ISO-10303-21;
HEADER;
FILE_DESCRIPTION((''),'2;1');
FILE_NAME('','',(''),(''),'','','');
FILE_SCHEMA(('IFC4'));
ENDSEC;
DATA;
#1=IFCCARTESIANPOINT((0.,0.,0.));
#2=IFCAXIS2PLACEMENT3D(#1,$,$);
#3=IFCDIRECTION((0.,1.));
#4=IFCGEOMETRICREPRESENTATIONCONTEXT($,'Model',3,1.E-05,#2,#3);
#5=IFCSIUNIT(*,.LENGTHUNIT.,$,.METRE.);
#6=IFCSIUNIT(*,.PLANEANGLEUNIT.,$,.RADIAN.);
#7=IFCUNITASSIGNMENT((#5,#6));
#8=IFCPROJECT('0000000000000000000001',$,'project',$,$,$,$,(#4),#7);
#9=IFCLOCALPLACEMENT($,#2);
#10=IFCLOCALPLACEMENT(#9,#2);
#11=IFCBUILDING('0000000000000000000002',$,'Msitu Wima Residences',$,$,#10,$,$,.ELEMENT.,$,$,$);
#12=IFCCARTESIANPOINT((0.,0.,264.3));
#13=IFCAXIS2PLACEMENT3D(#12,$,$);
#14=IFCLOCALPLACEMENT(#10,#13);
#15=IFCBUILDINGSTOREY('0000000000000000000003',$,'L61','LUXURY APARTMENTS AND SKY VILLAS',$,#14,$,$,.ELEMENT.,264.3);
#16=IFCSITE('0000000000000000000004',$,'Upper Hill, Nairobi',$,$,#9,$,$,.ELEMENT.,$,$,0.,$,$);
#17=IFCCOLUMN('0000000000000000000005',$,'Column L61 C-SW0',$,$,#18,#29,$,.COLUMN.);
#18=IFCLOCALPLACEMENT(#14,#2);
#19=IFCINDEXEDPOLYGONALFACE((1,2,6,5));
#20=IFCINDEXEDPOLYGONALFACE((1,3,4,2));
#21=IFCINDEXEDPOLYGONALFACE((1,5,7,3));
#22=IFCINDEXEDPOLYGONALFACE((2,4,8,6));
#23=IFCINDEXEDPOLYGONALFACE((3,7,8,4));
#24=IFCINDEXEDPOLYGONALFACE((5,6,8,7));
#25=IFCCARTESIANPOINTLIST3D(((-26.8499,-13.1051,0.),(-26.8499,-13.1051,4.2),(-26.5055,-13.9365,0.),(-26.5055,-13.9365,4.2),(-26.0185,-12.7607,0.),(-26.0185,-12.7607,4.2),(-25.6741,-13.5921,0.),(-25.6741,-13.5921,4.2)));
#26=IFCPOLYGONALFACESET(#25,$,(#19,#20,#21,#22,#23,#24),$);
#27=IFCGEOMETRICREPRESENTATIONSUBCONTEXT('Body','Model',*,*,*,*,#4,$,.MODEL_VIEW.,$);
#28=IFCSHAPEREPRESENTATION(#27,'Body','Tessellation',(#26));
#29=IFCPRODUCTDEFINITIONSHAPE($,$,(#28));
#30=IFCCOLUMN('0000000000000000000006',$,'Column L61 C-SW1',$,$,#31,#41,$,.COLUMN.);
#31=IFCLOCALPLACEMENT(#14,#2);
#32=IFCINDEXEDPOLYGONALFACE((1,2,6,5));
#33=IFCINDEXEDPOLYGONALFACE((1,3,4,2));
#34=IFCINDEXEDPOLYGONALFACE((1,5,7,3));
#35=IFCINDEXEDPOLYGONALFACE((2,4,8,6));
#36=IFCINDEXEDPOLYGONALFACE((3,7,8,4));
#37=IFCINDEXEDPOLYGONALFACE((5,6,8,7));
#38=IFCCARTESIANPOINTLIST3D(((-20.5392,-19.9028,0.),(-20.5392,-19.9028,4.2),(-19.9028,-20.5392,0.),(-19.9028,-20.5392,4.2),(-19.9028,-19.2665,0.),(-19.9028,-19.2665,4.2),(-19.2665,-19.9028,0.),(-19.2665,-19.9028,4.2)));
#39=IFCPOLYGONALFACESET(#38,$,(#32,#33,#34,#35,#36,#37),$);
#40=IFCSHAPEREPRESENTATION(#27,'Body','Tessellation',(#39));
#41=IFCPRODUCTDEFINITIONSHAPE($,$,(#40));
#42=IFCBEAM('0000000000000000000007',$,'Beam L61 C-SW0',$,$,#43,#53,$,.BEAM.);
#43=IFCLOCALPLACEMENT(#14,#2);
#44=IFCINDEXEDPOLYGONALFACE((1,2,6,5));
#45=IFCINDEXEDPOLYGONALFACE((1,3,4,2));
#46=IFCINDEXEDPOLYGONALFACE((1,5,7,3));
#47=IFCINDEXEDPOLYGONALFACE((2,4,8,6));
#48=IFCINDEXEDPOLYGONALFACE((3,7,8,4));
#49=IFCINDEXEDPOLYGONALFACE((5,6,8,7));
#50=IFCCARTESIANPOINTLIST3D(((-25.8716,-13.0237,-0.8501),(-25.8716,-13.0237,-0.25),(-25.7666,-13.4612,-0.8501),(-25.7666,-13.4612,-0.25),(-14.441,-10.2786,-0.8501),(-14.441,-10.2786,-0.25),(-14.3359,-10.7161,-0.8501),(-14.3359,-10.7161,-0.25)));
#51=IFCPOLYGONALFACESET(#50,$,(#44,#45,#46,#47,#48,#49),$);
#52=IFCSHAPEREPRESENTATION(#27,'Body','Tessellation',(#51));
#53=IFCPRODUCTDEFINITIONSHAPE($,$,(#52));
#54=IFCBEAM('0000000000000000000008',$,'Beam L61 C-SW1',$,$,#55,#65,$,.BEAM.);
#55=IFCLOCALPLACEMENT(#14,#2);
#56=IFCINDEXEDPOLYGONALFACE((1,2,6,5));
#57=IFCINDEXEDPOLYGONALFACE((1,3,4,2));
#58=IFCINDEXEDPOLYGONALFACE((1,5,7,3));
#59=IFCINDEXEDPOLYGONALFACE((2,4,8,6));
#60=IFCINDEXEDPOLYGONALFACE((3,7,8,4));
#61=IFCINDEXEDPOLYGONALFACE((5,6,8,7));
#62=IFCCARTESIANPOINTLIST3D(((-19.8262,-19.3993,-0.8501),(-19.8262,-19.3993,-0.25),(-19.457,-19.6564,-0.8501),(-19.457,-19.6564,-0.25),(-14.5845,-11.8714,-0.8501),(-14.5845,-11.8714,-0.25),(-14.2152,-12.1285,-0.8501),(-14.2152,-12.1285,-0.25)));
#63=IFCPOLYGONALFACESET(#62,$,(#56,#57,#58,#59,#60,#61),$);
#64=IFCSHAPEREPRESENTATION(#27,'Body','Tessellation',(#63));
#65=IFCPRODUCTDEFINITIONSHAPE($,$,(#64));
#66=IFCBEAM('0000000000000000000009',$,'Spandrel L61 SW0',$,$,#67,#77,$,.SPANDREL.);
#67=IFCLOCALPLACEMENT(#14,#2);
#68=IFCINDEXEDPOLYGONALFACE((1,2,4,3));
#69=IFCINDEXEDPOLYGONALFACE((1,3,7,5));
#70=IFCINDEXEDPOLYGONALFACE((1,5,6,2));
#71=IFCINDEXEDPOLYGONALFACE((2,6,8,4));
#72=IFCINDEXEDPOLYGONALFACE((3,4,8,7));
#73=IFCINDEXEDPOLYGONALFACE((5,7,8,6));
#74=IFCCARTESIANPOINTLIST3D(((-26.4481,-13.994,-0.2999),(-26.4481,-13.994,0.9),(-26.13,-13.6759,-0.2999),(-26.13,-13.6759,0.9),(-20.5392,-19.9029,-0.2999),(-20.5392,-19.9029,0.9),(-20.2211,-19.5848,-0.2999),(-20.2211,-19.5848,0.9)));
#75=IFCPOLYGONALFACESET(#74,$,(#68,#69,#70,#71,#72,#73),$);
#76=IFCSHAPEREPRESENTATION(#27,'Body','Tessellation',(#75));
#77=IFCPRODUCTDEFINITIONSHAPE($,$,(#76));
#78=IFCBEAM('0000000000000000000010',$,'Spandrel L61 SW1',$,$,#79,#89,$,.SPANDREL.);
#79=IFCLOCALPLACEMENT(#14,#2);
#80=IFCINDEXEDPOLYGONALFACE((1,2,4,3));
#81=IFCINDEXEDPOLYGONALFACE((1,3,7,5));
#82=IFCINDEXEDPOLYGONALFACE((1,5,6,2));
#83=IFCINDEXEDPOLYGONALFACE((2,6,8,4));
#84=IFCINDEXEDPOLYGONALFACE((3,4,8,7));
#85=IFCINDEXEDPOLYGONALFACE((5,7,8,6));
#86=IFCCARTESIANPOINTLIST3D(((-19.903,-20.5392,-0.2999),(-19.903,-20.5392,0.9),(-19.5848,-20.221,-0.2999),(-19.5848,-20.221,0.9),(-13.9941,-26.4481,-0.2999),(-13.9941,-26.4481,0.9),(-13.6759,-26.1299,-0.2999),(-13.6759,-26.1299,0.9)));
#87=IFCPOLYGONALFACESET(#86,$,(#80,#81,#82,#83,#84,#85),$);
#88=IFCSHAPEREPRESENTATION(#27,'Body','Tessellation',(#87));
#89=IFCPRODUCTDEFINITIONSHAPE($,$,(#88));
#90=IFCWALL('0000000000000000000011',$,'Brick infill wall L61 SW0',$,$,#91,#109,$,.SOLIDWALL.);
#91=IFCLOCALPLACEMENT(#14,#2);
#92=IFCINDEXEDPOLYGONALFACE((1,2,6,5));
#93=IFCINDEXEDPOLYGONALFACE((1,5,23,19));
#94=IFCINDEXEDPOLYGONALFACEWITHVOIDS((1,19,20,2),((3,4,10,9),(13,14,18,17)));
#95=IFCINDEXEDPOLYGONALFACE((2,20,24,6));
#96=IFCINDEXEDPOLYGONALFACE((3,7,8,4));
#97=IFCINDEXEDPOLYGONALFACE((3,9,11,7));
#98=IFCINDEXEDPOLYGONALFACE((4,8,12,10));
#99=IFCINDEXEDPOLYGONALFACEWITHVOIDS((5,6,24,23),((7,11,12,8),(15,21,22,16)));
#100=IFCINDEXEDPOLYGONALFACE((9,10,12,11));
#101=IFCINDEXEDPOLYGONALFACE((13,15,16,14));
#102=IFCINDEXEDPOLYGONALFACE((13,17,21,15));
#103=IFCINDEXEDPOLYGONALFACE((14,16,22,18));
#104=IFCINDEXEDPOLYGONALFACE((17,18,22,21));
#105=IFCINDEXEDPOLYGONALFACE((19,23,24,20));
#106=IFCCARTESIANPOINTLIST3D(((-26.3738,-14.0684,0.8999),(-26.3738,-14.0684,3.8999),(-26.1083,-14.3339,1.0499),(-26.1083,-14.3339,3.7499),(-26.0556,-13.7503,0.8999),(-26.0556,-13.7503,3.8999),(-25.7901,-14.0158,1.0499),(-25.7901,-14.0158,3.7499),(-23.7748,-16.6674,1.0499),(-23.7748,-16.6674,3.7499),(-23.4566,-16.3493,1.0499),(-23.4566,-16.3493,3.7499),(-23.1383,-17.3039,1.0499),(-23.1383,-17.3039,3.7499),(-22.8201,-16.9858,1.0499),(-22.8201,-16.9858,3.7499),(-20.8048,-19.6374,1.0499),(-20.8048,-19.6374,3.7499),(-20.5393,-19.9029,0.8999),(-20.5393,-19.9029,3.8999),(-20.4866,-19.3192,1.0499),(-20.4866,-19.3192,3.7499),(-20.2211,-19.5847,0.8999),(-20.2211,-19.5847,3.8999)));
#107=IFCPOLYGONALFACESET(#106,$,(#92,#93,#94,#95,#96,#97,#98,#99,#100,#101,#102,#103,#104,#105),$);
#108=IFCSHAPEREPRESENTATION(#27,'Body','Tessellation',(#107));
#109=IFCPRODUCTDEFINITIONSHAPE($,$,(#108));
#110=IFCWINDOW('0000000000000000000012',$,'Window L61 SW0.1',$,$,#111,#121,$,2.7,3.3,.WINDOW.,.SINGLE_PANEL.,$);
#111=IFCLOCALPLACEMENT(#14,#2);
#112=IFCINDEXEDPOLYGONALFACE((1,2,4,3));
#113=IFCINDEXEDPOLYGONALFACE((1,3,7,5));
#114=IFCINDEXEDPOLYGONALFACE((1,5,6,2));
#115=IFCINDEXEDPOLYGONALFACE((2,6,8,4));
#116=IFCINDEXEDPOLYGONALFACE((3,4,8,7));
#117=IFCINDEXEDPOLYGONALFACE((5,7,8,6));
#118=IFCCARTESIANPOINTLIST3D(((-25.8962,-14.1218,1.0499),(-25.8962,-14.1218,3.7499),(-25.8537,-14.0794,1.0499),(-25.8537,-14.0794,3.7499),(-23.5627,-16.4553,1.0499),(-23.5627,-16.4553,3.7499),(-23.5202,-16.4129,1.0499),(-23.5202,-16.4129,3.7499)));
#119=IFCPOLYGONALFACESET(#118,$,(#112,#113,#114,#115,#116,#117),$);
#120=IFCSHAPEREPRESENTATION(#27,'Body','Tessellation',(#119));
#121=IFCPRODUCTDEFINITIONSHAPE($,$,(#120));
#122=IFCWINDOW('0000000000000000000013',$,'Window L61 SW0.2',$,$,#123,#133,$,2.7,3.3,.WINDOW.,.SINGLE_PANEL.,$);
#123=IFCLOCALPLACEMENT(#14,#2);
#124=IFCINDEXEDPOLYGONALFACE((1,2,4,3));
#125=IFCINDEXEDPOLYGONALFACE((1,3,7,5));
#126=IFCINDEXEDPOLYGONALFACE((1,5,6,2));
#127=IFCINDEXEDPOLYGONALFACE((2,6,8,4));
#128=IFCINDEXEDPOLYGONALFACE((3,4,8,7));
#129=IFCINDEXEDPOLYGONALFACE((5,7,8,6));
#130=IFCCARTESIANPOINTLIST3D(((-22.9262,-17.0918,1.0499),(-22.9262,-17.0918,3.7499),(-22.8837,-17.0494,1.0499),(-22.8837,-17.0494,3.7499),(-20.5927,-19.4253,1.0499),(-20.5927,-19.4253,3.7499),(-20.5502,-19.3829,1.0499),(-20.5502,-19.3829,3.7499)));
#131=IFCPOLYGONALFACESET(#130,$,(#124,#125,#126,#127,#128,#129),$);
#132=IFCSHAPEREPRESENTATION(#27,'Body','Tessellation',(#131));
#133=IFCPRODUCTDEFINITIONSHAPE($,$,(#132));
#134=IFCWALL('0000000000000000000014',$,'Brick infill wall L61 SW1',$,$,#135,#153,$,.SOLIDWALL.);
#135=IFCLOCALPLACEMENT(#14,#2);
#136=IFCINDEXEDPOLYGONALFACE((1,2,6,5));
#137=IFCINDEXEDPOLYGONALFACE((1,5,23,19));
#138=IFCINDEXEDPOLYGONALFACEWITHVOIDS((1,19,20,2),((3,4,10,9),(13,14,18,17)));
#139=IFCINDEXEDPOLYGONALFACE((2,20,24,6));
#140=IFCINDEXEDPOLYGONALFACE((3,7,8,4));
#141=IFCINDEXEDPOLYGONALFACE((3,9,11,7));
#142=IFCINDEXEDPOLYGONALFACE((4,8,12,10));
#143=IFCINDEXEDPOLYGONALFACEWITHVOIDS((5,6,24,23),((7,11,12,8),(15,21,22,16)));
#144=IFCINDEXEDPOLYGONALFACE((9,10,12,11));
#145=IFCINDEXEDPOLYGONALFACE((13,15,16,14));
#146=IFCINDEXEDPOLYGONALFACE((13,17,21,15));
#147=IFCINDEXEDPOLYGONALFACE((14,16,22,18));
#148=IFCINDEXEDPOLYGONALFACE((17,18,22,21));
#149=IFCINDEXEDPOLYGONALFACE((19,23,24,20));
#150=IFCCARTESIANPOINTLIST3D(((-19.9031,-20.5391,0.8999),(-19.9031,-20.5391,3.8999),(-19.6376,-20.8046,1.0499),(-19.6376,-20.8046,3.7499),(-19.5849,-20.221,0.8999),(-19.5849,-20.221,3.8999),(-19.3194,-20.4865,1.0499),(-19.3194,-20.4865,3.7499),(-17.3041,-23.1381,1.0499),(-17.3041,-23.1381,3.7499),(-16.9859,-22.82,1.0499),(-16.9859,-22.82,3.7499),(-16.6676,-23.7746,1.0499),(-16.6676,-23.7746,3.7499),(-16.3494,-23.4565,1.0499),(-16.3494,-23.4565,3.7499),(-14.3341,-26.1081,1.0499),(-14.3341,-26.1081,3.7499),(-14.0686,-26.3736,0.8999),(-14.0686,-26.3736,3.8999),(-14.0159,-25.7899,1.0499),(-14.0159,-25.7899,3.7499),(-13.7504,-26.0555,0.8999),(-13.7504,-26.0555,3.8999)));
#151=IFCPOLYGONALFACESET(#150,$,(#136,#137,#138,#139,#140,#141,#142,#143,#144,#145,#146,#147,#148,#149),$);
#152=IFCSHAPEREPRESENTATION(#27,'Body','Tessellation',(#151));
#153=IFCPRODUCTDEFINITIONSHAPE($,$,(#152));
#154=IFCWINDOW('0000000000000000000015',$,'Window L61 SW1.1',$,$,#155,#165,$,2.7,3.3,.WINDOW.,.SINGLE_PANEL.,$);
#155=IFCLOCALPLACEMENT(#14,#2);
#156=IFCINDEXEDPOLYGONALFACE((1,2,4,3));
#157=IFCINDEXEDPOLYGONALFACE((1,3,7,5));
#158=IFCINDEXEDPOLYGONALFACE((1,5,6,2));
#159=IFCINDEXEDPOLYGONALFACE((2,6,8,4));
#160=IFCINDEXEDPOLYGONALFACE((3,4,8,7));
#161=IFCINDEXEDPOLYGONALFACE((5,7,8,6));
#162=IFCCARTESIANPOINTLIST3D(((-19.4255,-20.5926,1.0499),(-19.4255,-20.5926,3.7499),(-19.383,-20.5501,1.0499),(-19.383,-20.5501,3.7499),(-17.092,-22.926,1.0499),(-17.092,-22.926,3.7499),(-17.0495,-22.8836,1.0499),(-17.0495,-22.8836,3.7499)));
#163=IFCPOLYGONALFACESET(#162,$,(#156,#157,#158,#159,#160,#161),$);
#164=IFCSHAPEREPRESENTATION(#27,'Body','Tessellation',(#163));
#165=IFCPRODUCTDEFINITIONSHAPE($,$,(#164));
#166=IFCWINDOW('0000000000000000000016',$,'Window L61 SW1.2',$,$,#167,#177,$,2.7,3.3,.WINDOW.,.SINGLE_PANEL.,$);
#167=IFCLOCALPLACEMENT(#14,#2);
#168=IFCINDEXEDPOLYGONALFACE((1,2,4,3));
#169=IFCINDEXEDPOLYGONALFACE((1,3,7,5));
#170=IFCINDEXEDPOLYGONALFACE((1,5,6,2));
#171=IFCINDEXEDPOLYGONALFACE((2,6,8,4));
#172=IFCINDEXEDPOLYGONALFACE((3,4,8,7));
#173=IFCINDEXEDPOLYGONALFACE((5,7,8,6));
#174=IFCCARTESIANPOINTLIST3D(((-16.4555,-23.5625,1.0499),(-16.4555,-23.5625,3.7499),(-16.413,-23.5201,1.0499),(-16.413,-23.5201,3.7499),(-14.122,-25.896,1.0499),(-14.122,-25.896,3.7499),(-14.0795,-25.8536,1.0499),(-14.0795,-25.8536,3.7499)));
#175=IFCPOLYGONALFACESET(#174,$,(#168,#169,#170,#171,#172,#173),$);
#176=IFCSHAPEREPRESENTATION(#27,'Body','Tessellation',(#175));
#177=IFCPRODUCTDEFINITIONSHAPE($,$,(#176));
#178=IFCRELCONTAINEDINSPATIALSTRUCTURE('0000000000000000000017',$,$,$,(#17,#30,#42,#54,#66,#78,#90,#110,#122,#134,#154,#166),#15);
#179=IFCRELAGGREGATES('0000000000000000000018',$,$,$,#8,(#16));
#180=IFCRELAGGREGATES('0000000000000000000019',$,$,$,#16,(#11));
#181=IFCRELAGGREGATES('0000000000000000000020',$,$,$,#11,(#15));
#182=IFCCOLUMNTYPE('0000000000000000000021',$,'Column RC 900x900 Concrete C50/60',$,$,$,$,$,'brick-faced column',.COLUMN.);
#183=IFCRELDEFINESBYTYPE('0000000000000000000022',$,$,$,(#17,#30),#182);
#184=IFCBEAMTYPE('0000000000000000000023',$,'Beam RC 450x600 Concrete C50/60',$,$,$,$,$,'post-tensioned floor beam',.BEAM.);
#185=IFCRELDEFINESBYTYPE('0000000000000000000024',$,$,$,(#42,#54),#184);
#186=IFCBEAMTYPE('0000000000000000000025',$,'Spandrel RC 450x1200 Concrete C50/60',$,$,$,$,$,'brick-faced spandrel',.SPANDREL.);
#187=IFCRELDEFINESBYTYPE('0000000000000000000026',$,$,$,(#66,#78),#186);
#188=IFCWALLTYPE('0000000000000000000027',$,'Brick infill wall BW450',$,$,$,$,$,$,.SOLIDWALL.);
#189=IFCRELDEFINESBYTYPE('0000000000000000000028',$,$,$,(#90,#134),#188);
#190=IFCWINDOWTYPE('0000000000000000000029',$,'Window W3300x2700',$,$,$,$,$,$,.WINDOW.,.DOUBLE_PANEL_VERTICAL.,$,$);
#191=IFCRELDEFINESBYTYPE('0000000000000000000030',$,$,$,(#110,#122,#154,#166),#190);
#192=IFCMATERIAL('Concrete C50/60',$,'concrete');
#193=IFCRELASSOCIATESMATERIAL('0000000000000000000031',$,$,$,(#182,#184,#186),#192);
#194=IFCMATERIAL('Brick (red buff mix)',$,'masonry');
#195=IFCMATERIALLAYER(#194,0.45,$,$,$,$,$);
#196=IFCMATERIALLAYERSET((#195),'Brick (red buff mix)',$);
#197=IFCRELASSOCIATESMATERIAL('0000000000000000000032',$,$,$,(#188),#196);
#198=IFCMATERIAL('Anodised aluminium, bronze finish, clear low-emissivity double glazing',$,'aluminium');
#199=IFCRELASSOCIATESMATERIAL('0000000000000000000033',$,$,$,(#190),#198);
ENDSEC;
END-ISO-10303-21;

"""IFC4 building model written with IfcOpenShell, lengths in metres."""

from ifc_helpers import new_model, si_unit, direction, frame, frame_2d, origin, origin_2d, place, context, subcontext, project, spatial, rectangle, extrude, material, layer, layer_set, material_profile, profile_set, type_object, element, fill, save


model = new_model("IFC4")

# Units and contexts
model_context = context("Model", 3, precision=1e-05, world=origin(), true_north=direction((0.0, 1.0)))
body_context = subcontext(model_context, "Body", "Model", "MODEL_VIEW")
ifc_project = project(units=[si_unit("LENGTHUNIT", "METRE"), si_unit("PLANEANGLEUNIT", "RADIAN")], contexts=[model_context])

# Site, building, storey
site_placement = place(None, origin())
site = spatial("IfcSite", under=ifc_project, at=site_placement, Name="Upper Hill, Nairobi", CompositionType="ELEMENT", RefElevation=0.0)
building_placement = place(site_placement, origin())
building = spatial("IfcBuilding", under=site, at=building_placement, Name="Msitu Wima Residences", CompositionType="ELEMENT")
storey_placement = place(building_placement, frame((0.0, 0.0, 264.3)))
storey = spatial("IfcBuildingStorey", under=building, at=storey_placement, Name="L61", Description="LUXURY APARTMENTS AND SKY VILLAS", CompositionType="ELEMENT", Elevation=264.3)

# Columns
ifc_material_1 = material(Name="Concrete C50/60", Category="concrete")
ifc_material_profile_1 = material_profile(ifc_material_1, rectangle(XDim=0.8999, YDim=0.8999, at=origin_2d()), Name="RC 900x900")
ifc_profile_set_1 = profile_set([ifc_material_profile_1], Name="Concrete C50/60")
column_type = type_object("IfcColumnType", Name="Column RC 900x900 Concrete C50/60", ElementType="brick-faced column", PredefinedType="COLUMN", material=ifc_profile_set_1)
for number, where, z_axis, x_axis, name in (
    (1, (-26.262, -13.3486, 0.0), (0.0, 0.0, 1.0), (0.382683, -0.92388, 0.0), "Column L61 C-SW0"),
    (2, (-19.9028, -19.9028, 0.0), (0.0, 0.0, 1.0), (0.707107, -0.707107, 0.0), "Column L61 C-SW1"),
):
    element("IfcColumn", number, at=place(storey_placement, frame(where, z_axis=z_axis, x_axis=x_axis)), inside=storey, type_object=column_type, Name=name, PredefinedType="COLUMN", context=body_context, shape_type="SweptSolid", body=[
        extrude(rectangle(XDim=0.8999, YDim=0.8999, at=origin_2d()), origin(), (0.0, 0.0, 1.0), 4.2),
    ])

# Beams
ifc_material_profile_2 = material_profile(ifc_material_1, rectangle(XDim=0.45, YDim=0.6001, at=origin_2d()), Name="RC 450x600")
ifc_profile_set_2 = profile_set([ifc_material_profile_2], Name="Concrete C50/60")
beam_type_1 = type_object("IfcBeamType", Name="Beam RC 450x600 Concrete C50/60", ElementType="post-tensioned floor beam", PredefinedType="BEAM", material=ifc_profile_set_2)
beam_1_placement = place(storey_placement, frame((-25.8191, -13.2424, -0.55), z_axis=(0.972353, 0.233514, 0.0), x_axis=(-0.233514, 0.972353, 0.0)))
element("IfcBeam", 3, at=beam_1_placement, inside=storey, type_object=beam_type_1, Name="Beam L61 C-SW0", PredefinedType="BEAM", context=body_context, shape_type="SweptSolid", body=[
    extrude(rectangle(XDim=0.45, YDim=0.6001, at=origin_2d()), origin(), (0.0, 0.0, 1.0), 11.7556),
])
beam_2_placement = place(storey_placement, frame((-19.6416, -19.5278, -0.55), z_axis=(0.571428, 0.820652, 0.0), x_axis=(-0.820652, 0.571428, 0.0)))
element("IfcBeam", 4, at=beam_2_placement, inside=storey, type_object=beam_type_1, Name="Beam L61 C-SW1", PredefinedType="BEAM", context=body_context, shape_type="SweptSolid", body=[
    extrude(rectangle(XDim=0.45, YDim=0.6001, at=origin_2d()), origin(), (0.0, 0.0, 1.0), 9.1731),
])
ifc_material_profile_3 = material_profile(ifc_material_1, rectangle(XDim=0.45, YDim=1.2, at=origin_2d()), Name="RC 450x1200")
ifc_profile_set_3 = profile_set([ifc_material_profile_3], Name="Concrete C50/60")
beam_type_2 = type_object("IfcBeamType", Name="Spandrel RC 450x1200 Concrete C50/60", ElementType="brick-faced spandrel", PredefinedType="SPANDREL", material=ifc_profile_set_3)
for number, where, z_axis, x_axis, name in (
    (5, (-26.2891, -13.835, 0.3), (0.707107, -0.707107, 0.0), (0.707107, 0.707107, 0.0), "Spandrel L61 SW0"),
    (6, (-19.7439, -20.3801, 0.3), (0.707107, -0.707107, 0.0), (0.707107, 0.707107, 0.0), "Spandrel L61 SW1"),
):
    element("IfcBeam", number, at=place(storey_placement, frame(where, z_axis=z_axis, x_axis=x_axis)), inside=storey, type_object=beam_type_2, Name=name, PredefinedType="SPANDREL", context=body_context, shape_type="SweptSolid", body=[
        extrude(rectangle(XDim=0.45, YDim=1.2, at=origin_2d()), origin(), (0.0, 0.0, 1.0), 8.3564),
    ])

# Walls, openings, windows
ifc_material_2 = material(Name="Brick (red buff mix)", Category="masonry")
ifc_layer_1 = layer(ifc_material_2, 0.45)
ifc_layer_set_1 = layer_set([ifc_layer_1], Name="Brick (red buff mix)")
wall_type_1 = type_object("IfcWallType", Name="Brick infill wall BW450", PredefinedType="SOLIDWALL", material=ifc_layer_set_1)
wall_1_placement = place(storey_placement, frame((-26.2146, -13.9094, 0.8999), z_axis=(0.0, 0.0, 1.0), x_axis=(0.707107, -0.707107, 0.0)))
wall_1 = element("IfcWall", 7, at=wall_1_placement, inside=storey, type_object=wall_type_1, Name="Brick infill wall L61 SW0", PredefinedType="SOLIDWALL", context=body_context, shape_type="SweptSolid", body=[
    extrude(rectangle(XDim=8.2512, YDim=0.45, at=frame_2d((4.1255, 0.0))), origin(), (0.0, 0.0, 1.0), 3.0),
])
opening_1_placement = place(wall_1_placement, frame((0.3755, 0.0, 0.1499)))
opening_1 = element("IfcOpeningElement", 8, at=opening_1_placement, cuts=wall_1, PredefinedType="OPENING", context=body_context, shape_type="SweptSolid", body=[
    extrude(rectangle(XDim=3.3, YDim=2.7, at=frame_2d((1.6499, 1.3501))), frame((0.0, 0.2349, 0.0), z_axis=(0.0, -1.0, 0.0), x_axis=(1.0, 0.0, 0.0)), (0.0, 0.0, 1.0), 0.47),
])
opening_2_placement = place(wall_1_placement, frame((4.5757, 0.0, 0.1499)))
opening_2 = element("IfcOpeningElement", 9, at=opening_2_placement, cuts=wall_1, PredefinedType="OPENING", context=body_context, shape_type="SweptSolid", body=[
    extrude(rectangle(XDim=3.3, YDim=2.7, at=frame_2d((1.6499, 1.3501))), frame((0.0, 0.2349, 0.0), z_axis=(0.0, -1.0, 0.0), x_axis=(1.0, 0.0, 0.0)), (0.0, 0.0, 1.0), 0.47),
])
ifc_material_3 = material(Name="Anodised aluminium, bronze finish, clear low-emissivity double glazing", Category="aluminium")
window_type = type_object("IfcWindowType", Name="Window W3300x2700", PartitioningType="DOUBLE_PANEL_VERTICAL", PredefinedType="WINDOW", material=ifc_material_3)
window_1_placement = place(opening_1_placement, origin())
window_1 = element("IfcWindow", 10, at=window_1_placement, inside=storey, type_object=window_type, Name="Window L61 SW0.1", OverallHeight=2.7, OverallWidth=3.3, PartitioningType="SINGLE_PANEL", PredefinedType="WINDOW", context=body_context, shape_type="SweptSolid", body=[
    extrude(rectangle(XDim=3.3, YDim=2.7, at=frame_2d((1.6499, 1.3501))), frame((0.0, 0.135, 0.0), z_axis=(0.0, -1.0, 0.0), x_axis=(1.0, 0.0, 0.0)), (0.0, 0.0, 1.0), 0.0601),
])
fill(opening_1, window_1)
window_2_placement = place(opening_2_placement, origin())
window_2 = element("IfcWindow", 11, at=window_2_placement, inside=storey, type_object=window_type, Name="Window L61 SW0.2", OverallHeight=2.7, OverallWidth=3.3, PartitioningType="SINGLE_PANEL", PredefinedType="WINDOW", context=body_context, shape_type="SweptSolid", body=[
    extrude(rectangle(XDim=3.3, YDim=2.7, at=frame_2d((1.6499, 1.3501))), frame((0.0, 0.135, 0.0), z_axis=(0.0, -1.0, 0.0), x_axis=(1.0, 0.0, 0.0)), (0.0, 0.0, 1.0), 0.0601),
])
fill(opening_2, window_2)
wall_2_placement = place(storey_placement, frame((-19.7439, -20.3801, 0.8999), z_axis=(0.0, 0.0, 1.0), x_axis=(0.707107, -0.707107, 0.0)))
wall_2 = element("IfcWall", 12, at=wall_2_placement, inside=storey, type_object=wall_type_1, Name="Brick infill wall L61 SW1", PredefinedType="SOLIDWALL", context=body_context, shape_type="SweptSolid", body=[
    extrude(rectangle(XDim=8.2512, YDim=0.45, at=frame_2d((4.1255, 0.0))), origin(), (0.0, 0.0, 1.0), 3.0),
])
opening_3_placement = place(wall_2_placement, frame((0.3755, 0.0, 0.1499)))
opening_3 = element("IfcOpeningElement", 13, at=opening_3_placement, cuts=wall_2, PredefinedType="OPENING", context=body_context, shape_type="SweptSolid", body=[
    extrude(rectangle(XDim=3.3, YDim=2.7, at=frame_2d((1.6499, 1.3501))), frame((0.0, 0.2349, 0.0), z_axis=(0.0, -1.0, 0.0), x_axis=(1.0, 0.0, 0.0)), (0.0, 0.0, 1.0), 0.47),
])
opening_4_placement = place(wall_2_placement, frame((4.5757, 0.0, 0.1499)))
opening_4 = element("IfcOpeningElement", 14, at=opening_4_placement, cuts=wall_2, PredefinedType="OPENING", context=body_context, shape_type="SweptSolid", body=[
    extrude(rectangle(XDim=3.3, YDim=2.7, at=frame_2d((1.6499, 1.3501))), frame((0.0, 0.2349, 0.0), z_axis=(0.0, -1.0, 0.0), x_axis=(1.0, 0.0, 0.0)), (0.0, 0.0, 1.0), 0.47),
])
window_3_placement = place(opening_3_placement, origin())
window_3 = element("IfcWindow", 15, at=window_3_placement, inside=storey, type_object=window_type, Name="Window L61 SW1.1", OverallHeight=2.7, OverallWidth=3.3, PartitioningType="SINGLE_PANEL", PredefinedType="WINDOW", context=body_context, shape_type="SweptSolid", body=[
    extrude(rectangle(XDim=3.3, YDim=2.7, at=frame_2d((1.6499, 1.3501))), frame((0.0, 0.135, 0.0), z_axis=(0.0, -1.0, 0.0), x_axis=(1.0, 0.0, 0.0)), (0.0, 0.0, 1.0), 0.0601),
])
fill(opening_3, window_3)
window_4_placement = place(opening_4_placement, origin())
window_4 = element("IfcWindow", 16, at=window_4_placement, inside=storey, type_object=window_type, Name="Window L61 SW1.2", OverallHeight=2.7, OverallWidth=3.3, PartitioningType="SINGLE_PANEL", PredefinedType="WINDOW", context=body_context, shape_type="SweptSolid", body=[
    extrude(rectangle(XDim=3.3, YDim=2.7, at=frame_2d((1.6499, 1.3501))), frame((0.0, 0.135, 0.0), z_axis=(0.0, -1.0, 0.0), x_axis=(1.0, 0.0, 0.0)), (0.0, 0.0, 1.0), 0.0601),
])
fill(opening_4, window_4)

save(model, "model.ifc")
